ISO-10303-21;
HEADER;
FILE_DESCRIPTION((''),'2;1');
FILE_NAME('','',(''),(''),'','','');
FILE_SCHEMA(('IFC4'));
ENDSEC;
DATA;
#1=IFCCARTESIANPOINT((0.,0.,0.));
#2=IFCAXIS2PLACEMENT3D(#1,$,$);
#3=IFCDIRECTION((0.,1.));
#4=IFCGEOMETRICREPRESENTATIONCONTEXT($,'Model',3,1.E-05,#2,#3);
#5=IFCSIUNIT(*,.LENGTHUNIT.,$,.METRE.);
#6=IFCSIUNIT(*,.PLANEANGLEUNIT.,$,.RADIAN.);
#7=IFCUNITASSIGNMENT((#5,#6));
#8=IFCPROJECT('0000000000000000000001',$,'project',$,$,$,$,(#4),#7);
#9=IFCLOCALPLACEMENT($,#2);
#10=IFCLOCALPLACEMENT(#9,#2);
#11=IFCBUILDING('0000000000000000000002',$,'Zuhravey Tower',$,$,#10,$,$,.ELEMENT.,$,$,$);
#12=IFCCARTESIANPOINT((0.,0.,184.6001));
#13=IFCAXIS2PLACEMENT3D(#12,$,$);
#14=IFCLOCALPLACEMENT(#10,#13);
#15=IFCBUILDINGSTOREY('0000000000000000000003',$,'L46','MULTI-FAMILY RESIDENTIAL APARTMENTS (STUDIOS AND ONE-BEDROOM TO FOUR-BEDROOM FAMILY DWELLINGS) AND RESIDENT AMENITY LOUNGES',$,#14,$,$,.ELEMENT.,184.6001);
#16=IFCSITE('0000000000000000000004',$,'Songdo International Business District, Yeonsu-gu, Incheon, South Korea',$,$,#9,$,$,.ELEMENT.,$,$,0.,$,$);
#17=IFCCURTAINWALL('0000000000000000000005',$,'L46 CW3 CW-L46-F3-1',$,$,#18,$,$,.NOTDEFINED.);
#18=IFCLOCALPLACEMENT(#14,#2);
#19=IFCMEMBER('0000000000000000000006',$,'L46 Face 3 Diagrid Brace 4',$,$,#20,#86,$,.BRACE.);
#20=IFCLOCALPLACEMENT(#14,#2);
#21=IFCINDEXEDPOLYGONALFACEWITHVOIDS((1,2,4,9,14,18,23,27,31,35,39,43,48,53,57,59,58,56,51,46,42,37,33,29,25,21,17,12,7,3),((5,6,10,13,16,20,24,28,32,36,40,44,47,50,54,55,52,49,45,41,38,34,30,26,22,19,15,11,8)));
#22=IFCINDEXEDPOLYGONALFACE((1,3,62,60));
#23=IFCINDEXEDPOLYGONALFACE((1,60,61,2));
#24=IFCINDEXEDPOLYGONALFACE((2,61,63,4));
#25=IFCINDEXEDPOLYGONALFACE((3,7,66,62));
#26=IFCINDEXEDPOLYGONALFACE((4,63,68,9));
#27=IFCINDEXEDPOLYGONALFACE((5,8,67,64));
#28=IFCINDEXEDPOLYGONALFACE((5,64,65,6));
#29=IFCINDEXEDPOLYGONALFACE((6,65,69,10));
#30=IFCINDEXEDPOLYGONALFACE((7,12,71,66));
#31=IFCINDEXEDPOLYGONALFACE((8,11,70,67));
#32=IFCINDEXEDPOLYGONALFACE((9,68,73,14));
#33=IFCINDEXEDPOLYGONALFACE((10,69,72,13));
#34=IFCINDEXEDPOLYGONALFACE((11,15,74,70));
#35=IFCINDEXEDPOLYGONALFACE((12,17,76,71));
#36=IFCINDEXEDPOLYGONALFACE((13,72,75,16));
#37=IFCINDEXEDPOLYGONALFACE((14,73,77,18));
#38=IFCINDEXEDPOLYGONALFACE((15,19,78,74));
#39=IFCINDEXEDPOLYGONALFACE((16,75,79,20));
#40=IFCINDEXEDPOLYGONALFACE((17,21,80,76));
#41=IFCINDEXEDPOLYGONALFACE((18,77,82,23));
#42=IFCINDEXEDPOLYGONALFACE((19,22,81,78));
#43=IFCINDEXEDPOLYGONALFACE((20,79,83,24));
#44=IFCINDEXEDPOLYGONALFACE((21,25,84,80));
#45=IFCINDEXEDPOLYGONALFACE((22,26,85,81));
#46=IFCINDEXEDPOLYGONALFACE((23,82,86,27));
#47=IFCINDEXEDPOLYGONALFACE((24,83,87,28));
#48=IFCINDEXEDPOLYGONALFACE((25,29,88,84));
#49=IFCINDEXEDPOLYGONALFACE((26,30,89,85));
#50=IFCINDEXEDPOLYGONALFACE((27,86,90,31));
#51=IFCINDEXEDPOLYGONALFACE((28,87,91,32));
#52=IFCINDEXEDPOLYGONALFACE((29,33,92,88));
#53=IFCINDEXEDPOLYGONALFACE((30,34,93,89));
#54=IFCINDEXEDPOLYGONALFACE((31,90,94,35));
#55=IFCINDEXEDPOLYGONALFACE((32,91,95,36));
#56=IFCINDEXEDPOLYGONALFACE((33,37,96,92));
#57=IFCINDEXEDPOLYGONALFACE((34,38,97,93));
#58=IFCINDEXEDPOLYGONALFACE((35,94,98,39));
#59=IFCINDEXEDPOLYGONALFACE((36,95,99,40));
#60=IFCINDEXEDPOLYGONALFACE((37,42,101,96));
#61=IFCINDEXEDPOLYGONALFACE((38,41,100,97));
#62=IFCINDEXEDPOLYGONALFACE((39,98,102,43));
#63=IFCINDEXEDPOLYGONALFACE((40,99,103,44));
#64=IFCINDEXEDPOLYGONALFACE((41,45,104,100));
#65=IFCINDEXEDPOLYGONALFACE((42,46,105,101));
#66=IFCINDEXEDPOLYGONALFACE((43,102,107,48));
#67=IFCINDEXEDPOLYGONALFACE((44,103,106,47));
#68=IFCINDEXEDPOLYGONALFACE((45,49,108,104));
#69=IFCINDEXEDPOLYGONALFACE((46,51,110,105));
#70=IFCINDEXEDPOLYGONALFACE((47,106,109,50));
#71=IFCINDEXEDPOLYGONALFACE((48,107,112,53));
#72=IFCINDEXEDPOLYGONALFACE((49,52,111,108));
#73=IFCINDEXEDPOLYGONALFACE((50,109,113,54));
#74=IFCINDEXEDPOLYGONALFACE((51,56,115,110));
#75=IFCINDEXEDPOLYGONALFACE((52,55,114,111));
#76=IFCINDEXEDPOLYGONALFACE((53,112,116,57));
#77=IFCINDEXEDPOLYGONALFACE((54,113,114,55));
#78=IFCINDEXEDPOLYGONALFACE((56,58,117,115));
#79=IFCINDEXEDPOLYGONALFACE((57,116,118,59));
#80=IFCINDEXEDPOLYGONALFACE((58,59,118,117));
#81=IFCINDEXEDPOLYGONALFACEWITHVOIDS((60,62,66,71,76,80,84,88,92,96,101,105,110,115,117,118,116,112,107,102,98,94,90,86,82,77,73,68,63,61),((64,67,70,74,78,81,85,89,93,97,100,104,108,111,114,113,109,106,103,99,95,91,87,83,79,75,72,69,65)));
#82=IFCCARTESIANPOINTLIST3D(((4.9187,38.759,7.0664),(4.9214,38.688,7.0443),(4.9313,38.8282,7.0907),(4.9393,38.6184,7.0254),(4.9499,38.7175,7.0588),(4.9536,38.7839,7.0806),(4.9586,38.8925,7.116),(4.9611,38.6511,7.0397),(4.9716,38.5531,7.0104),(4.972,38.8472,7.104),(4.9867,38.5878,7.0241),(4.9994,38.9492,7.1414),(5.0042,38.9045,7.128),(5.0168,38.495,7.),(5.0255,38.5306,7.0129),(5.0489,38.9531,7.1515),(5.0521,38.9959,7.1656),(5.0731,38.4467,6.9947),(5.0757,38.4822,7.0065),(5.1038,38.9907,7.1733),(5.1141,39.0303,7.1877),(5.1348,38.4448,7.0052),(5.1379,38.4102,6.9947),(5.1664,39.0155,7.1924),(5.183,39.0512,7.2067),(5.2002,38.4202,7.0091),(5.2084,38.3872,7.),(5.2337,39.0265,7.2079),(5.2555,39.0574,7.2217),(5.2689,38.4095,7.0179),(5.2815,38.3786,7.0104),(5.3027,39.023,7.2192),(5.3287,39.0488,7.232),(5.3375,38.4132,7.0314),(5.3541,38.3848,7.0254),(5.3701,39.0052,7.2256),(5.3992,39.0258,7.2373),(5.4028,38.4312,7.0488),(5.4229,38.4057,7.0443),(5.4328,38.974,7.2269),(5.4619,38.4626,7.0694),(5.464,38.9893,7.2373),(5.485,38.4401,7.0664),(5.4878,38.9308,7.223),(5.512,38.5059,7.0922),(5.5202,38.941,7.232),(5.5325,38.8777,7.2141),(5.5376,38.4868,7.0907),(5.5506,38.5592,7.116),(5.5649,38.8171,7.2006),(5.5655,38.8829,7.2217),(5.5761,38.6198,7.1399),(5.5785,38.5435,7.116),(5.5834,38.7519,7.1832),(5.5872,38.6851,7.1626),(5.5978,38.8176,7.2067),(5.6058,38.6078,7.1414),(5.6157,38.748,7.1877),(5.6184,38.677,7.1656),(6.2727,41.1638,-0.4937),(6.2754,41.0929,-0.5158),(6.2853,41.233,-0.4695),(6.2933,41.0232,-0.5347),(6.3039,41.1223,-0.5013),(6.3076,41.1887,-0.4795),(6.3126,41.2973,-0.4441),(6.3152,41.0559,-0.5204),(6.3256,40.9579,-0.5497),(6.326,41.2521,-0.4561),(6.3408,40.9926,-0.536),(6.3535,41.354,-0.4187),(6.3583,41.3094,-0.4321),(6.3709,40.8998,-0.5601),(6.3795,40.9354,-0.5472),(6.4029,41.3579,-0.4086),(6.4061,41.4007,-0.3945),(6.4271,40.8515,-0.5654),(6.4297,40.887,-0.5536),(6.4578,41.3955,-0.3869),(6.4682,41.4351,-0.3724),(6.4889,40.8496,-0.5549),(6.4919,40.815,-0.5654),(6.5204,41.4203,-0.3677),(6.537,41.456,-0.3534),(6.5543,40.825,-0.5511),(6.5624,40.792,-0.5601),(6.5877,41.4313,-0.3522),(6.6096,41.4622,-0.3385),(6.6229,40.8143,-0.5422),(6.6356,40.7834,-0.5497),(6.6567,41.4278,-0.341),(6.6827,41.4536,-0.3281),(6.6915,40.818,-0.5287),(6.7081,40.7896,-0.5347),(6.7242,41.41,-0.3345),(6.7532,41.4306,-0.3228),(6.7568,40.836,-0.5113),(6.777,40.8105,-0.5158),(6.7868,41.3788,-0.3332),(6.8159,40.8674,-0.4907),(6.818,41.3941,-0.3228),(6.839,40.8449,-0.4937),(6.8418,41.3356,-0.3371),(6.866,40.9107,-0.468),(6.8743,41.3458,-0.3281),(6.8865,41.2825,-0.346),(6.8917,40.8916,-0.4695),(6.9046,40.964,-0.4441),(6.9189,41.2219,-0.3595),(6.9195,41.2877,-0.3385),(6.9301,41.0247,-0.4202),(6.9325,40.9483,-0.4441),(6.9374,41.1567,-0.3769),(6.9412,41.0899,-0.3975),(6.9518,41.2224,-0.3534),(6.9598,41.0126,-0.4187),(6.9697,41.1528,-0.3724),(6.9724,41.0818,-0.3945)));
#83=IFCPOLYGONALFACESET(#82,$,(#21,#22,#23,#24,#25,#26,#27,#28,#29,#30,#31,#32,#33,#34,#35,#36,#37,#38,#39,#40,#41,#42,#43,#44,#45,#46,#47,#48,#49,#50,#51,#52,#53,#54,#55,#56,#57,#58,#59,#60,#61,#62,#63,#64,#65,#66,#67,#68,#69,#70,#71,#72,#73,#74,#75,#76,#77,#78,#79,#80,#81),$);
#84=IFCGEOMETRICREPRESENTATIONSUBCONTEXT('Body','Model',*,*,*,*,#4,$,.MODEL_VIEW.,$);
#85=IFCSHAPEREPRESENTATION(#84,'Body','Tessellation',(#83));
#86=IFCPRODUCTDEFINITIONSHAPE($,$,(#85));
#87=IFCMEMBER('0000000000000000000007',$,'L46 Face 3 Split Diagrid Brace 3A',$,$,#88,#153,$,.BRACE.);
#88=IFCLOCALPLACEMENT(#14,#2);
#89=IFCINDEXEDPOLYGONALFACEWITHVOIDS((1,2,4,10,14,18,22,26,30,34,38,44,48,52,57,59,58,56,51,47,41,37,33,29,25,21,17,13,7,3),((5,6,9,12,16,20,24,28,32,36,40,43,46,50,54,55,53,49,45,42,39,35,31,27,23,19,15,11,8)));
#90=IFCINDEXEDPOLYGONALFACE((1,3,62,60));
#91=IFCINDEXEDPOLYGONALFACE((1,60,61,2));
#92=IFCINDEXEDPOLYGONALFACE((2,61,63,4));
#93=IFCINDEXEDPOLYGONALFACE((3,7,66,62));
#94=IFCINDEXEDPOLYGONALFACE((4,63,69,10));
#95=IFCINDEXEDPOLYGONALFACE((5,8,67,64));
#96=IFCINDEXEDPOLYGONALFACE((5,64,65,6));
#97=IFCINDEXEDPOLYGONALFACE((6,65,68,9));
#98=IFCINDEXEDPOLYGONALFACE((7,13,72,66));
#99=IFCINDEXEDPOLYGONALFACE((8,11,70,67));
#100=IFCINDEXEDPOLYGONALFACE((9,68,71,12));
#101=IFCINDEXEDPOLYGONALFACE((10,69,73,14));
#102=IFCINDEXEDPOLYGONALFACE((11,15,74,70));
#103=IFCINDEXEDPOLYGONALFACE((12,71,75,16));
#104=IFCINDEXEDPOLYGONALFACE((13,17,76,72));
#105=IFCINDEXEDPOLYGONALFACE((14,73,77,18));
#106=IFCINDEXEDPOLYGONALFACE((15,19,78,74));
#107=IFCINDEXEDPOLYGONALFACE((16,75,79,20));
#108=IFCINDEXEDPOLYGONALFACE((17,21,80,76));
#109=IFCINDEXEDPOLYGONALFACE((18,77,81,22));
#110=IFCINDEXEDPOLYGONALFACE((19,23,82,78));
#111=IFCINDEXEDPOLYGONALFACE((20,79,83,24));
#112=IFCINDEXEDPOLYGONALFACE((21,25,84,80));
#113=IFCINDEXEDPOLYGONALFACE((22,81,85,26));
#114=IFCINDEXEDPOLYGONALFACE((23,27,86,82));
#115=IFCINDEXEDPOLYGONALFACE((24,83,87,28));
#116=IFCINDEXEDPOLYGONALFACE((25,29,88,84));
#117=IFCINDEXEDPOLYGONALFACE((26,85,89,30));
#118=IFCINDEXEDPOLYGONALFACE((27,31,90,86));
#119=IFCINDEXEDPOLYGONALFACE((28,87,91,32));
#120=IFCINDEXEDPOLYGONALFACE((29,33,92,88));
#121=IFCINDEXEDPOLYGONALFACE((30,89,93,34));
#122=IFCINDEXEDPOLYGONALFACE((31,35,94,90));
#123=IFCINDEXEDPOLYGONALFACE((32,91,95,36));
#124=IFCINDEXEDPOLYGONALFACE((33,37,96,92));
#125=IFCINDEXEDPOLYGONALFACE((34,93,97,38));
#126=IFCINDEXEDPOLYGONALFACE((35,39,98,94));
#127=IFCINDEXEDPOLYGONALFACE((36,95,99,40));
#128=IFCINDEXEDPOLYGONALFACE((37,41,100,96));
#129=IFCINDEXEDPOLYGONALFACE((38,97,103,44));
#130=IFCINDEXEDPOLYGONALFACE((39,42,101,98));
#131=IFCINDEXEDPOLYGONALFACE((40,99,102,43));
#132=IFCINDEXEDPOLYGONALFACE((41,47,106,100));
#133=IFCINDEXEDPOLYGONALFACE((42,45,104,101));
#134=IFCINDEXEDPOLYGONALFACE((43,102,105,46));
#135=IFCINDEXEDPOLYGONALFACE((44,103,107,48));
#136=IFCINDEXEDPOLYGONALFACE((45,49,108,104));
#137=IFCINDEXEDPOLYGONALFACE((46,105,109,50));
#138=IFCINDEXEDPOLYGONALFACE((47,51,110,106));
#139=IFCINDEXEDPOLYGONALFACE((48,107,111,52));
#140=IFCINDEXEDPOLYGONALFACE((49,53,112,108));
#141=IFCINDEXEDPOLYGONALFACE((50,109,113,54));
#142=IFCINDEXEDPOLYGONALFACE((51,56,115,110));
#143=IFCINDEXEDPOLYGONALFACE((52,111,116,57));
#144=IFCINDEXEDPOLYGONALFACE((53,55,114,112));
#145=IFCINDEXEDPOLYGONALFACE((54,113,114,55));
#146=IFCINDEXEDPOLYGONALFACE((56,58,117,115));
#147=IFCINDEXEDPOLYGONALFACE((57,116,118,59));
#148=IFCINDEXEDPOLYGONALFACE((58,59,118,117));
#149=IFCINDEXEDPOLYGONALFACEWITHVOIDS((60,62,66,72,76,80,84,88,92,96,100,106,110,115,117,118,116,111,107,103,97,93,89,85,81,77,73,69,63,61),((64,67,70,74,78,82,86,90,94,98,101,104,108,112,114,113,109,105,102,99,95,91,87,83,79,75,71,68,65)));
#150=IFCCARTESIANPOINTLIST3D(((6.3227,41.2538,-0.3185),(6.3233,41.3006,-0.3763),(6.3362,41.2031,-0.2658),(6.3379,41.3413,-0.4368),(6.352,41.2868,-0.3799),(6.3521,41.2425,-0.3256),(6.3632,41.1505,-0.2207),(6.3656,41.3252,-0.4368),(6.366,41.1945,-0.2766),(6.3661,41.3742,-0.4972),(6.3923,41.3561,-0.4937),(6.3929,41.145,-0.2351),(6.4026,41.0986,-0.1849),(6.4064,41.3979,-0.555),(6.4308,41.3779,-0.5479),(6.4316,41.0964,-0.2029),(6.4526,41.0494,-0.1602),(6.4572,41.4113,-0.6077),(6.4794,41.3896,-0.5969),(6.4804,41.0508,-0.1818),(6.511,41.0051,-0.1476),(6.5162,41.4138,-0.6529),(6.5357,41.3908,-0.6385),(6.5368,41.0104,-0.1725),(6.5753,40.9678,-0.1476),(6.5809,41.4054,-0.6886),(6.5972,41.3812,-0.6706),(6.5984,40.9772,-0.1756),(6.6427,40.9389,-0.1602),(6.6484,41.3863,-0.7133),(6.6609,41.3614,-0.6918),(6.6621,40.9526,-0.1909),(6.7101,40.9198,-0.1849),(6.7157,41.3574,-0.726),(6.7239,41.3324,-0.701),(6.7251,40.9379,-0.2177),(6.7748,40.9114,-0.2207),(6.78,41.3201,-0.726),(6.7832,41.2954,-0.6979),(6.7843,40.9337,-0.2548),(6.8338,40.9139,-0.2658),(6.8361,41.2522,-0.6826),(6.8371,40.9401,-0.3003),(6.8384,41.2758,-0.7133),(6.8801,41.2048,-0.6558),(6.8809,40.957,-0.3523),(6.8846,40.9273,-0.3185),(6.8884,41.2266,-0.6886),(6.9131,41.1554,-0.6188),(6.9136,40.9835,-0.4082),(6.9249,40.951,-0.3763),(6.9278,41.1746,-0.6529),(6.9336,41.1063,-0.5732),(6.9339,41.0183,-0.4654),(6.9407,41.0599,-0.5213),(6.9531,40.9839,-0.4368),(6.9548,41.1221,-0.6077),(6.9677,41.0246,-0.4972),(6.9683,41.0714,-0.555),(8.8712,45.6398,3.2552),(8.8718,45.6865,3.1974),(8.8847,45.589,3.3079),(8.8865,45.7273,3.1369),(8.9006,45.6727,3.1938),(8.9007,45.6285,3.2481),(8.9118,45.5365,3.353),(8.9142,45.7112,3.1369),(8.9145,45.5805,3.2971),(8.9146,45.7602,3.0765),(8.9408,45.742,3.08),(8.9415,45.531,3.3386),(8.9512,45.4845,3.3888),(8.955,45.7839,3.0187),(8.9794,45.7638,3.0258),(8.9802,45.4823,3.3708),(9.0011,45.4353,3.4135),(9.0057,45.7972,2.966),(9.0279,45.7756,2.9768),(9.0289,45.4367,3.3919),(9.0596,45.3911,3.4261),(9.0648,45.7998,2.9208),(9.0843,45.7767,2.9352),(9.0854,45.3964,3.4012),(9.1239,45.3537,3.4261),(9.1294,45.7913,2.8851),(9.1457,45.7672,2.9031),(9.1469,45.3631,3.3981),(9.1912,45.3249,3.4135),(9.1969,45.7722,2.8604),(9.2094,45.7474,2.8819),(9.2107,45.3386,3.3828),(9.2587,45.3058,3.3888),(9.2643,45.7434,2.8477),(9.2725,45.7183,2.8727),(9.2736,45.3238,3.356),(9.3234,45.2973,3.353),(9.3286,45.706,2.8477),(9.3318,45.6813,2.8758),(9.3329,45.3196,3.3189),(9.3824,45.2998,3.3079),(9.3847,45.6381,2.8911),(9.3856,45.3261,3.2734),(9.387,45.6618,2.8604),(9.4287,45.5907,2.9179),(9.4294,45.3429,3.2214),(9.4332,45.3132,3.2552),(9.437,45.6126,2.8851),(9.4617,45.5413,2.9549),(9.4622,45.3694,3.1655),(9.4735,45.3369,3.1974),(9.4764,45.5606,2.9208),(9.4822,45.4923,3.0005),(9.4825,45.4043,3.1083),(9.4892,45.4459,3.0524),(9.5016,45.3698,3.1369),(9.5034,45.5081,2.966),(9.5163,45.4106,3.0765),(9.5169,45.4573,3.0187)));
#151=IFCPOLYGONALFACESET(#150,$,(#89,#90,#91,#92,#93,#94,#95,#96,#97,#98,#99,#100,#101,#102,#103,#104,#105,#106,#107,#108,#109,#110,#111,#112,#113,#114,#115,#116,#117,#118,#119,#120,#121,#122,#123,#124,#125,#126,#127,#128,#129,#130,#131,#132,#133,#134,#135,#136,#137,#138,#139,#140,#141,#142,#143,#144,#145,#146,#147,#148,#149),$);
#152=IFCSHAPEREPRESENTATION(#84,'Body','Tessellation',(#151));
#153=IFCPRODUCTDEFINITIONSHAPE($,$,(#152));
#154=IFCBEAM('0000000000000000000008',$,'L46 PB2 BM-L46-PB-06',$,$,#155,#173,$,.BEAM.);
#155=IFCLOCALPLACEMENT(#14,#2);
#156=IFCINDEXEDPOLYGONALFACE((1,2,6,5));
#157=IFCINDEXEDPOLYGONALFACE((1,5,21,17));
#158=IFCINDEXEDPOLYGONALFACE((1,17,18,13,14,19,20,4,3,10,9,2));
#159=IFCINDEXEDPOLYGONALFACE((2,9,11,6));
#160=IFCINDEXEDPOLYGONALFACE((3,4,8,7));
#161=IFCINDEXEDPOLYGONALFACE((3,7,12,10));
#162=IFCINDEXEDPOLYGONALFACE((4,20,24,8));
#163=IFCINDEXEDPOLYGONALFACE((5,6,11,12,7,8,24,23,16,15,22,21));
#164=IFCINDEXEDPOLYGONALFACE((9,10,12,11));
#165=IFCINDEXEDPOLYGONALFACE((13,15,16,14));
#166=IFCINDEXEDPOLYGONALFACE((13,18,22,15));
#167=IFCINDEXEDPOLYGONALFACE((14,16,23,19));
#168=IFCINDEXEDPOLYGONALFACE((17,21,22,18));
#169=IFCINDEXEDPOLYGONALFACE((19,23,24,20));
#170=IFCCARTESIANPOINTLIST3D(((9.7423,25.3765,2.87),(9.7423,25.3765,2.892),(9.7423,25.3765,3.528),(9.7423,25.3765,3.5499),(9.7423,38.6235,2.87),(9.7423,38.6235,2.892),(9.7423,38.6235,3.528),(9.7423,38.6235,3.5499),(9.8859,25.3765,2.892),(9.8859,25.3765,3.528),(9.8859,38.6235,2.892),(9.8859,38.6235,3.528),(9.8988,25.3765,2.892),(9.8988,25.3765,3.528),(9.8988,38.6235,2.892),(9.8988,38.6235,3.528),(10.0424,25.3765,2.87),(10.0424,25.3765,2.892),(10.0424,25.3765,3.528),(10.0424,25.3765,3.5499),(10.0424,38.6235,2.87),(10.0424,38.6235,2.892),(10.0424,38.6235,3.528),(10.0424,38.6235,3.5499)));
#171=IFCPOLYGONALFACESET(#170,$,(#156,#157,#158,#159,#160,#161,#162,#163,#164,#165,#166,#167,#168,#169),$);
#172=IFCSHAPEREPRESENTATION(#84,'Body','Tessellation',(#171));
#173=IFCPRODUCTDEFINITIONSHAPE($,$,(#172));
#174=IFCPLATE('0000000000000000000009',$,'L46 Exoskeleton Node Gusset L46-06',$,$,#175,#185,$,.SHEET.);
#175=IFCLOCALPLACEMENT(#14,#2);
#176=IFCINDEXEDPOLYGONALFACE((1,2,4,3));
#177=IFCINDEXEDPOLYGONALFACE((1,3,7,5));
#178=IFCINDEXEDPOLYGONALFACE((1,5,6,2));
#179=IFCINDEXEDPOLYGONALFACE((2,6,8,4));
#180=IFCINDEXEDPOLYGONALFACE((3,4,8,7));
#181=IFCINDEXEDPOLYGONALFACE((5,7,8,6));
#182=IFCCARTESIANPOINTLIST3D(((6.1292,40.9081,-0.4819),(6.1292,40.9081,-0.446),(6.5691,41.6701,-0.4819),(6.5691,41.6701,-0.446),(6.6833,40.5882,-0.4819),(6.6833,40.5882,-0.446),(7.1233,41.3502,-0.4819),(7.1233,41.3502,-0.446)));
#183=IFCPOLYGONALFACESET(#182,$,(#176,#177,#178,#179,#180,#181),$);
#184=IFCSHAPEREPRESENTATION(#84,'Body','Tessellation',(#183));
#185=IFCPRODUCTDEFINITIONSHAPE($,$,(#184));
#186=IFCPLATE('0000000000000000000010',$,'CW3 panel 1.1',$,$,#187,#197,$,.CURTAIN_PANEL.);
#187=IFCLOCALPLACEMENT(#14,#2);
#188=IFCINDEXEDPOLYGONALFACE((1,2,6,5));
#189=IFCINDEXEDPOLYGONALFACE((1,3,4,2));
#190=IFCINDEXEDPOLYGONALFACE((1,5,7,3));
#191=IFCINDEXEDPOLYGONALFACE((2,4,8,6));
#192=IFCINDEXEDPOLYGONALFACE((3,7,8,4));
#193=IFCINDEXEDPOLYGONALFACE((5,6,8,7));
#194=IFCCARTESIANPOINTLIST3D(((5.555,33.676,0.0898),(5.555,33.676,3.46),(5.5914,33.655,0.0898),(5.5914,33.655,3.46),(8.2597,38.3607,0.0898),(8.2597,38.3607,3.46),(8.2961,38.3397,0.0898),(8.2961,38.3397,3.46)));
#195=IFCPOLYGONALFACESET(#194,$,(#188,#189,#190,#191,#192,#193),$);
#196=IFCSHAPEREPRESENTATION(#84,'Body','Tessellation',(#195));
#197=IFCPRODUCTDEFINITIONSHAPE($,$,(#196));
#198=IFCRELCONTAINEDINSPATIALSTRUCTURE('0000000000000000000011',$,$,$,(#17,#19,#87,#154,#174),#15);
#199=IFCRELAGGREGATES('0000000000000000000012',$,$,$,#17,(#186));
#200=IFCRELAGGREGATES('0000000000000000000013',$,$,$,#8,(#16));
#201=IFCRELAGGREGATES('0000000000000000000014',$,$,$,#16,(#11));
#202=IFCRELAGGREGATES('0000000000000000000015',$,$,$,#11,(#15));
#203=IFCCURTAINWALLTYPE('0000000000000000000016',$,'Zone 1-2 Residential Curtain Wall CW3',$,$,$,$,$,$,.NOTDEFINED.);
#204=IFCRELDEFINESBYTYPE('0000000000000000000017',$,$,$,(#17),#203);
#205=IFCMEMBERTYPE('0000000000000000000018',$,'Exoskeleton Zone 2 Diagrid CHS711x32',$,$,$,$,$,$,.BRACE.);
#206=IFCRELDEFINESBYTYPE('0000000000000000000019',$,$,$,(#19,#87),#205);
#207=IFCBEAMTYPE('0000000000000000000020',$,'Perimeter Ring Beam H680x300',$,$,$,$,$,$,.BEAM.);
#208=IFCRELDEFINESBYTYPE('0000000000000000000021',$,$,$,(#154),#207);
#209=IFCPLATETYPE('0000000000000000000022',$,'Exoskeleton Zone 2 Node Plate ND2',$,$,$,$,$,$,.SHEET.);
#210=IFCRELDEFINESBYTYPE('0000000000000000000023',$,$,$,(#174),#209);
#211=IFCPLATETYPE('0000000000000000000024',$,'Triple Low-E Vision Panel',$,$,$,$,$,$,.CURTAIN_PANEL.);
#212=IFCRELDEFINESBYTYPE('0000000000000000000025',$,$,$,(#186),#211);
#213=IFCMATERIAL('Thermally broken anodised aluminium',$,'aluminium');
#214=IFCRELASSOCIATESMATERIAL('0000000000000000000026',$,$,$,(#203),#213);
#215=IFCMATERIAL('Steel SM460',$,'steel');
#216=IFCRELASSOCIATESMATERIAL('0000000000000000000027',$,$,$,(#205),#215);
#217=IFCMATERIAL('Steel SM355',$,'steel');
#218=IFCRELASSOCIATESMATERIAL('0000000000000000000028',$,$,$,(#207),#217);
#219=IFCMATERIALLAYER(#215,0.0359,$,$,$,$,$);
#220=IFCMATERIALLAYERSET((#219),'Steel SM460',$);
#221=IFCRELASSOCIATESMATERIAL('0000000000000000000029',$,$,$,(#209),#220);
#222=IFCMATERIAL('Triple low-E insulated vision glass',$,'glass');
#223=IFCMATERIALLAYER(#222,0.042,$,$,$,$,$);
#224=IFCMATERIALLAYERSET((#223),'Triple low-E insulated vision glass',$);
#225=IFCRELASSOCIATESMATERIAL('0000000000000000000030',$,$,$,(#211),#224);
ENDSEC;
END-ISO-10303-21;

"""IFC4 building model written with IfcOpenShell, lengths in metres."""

from ifc_helpers import new_model, si_unit, direction, frame, origin, origin_2d, place, context, subcontext, project, spatial, rectangle, hollow_circle, i_section, extrude, material, layer, layer_set, material_profile, profile_set, type_object, element, aggregate, save


model = new_model("IFC4")

# Units and contexts
model_context = context("Model", 3, precision=1e-05, world=origin(), true_north=direction((0.0, 1.0)))
body_context = subcontext(model_context, "Body", "Model", "MODEL_VIEW")
ifc_project = project(units=[si_unit("LENGTHUNIT", "METRE"), si_unit("PLANEANGLEUNIT", "RADIAN")], contexts=[model_context])

# Site, building, storey
site_placement = place(None, origin())
site = spatial("IfcSite", under=ifc_project, at=site_placement, Name="Songdo International Business District, Yeonsu-gu, Incheon, South Korea", CompositionType="ELEMENT", RefElevation=0.0)
building_placement = place(site_placement, origin())
building = spatial("IfcBuilding", under=site, at=building_placement, Name="Zuhravey Tower", CompositionType="ELEMENT")
storey_placement = place(building_placement, frame((0.0, 0.0, 184.6001)))
storey = spatial("IfcBuildingStorey", under=building, at=storey_placement, Name="L46", Description="MULTI-FAMILY RESIDENTIAL APARTMENTS (STUDIOS AND ONE-BEDROOM TO FOUR-BEDROOM FAMILY DWELLINGS) AND RESIDENT AMENITY LOUNGES", CompositionType="ELEMENT", Elevation=184.6001)

# Curtain wall
ifc_material_1 = material(Name="Thermally broken anodised aluminium", Category="aluminium")
curtain_wall_type = type_object("IfcCurtainWallType", Name="Zone 1-2 Residential Curtain Wall CW3", PredefinedType="NOTDEFINED", material=ifc_material_1)
curtain_wall_placement = place(storey_placement, origin())
curtain_wall = element("IfcCurtainWall", 1, at=curtain_wall_placement, inside=storey, type_object=curtain_wall_type, Name="L46 CW3 CW-L46-F3-1", PredefinedType="NOTDEFINED")

# Members
ifc_material_2 = material(Name="Steel SM460", Category="steel")
ifc_material_profile_1 = material_profile(ifc_material_2, hollow_circle(Radius=0.3557, WallThickness=0.032, at=origin_2d()), Name="CHS-711.2x32")
ifc_profile_set_1 = profile_set([ifc_material_profile_1], Name="Steel SM460")
member_type_1 = type_object("IfcMemberType", Name="Exoskeleton Zone 2 Diagrid CHS711x32", PredefinedType="BRACE", material=ifc_profile_set_1)
member_1_placement = place(storey_placement, frame((6.6226, 41.1228, -0.4441), z_axis=(-0.16824, -0.298804, 0.939367), x_axis=(0.871372, -0.490622, 0.0)))
element("IfcMember", 2, at=member_1_placement, inside=storey, type_object=member_type_1, Name="L46 Face 3 Diagrid Brace 4", PredefinedType="BRACE", context=body_context, shape_type="SweptSolid", body=[
    extrude(hollow_circle(Radius=0.3557, WallThickness=0.032, at=origin_2d()), origin(), (0.0, 0.0, 1.0), 8.0481),
])
member_2_placement = place(storey_placement, frame((6.6455, 41.1626, -0.4368), z_axis=(0.410722, 0.706832, 0.575931), x_axis=(-0.864628, 0.502413, 0.0)))
element("IfcMember", 3, at=member_2_placement, inside=storey, type_object=member_type_1, Name="L46 Face 3 Split Diagrid Brace 3A", PredefinedType="BRACE", context=body_context, shape_type="SweptSolid", body=[
    extrude(hollow_circle(Radius=0.3557, WallThickness=0.032, at=origin_2d()), origin(), (0.0, 0.0, 1.0), 6.2051),
])

# Beam
ifc_material_3 = material(Name="Steel SM355", Category="steel")
ifc_material_profile_2 = material_profile(ifc_material_3, i_section(OverallWidth=0.3, OverallDepth=0.6799, WebThickness=0.0129, FlangeThickness=0.022, at=origin_2d()), Name="H-680x300x13x22")
ifc_profile_set_2 = profile_set([ifc_material_profile_2], Name="Steel SM355")
beam_type = type_object("IfcBeamType", Name="Perimeter Ring Beam H680x300", PredefinedType="BEAM", material=ifc_profile_set_2)
beam_placement = place(storey_placement, frame((9.8923, 38.6235, 3.21), z_axis=(0.0, -1.0, 0.0), x_axis=(1.0, 0.0, 0.0)))
element("IfcBeam", 4, at=beam_placement, inside=storey, type_object=beam_type, Name="L46 PB2 BM-L46-PB-06", PredefinedType="BEAM", context=body_context, shape_type="SweptSolid", body=[
    extrude(i_section(OverallWidth=0.3, OverallDepth=0.6799, WebThickness=0.0129, FlangeThickness=0.022, at=origin_2d()), origin(), (0.0, 0.0, 1.0), 13.2471),
])

# Plates
ifc_layer_1 = layer(ifc_material_2, 0.0359)
ifc_layer_set_1 = layer_set([ifc_layer_1], Name="Steel SM460")
plate_type_1 = type_object("IfcPlateType", Name="Exoskeleton Zone 2 Node Plate ND2", PredefinedType="SHEET", material=ifc_layer_set_1)
plate_1_placement = place(storey_placement, frame((6.6262, 41.1292, -0.4819), z_axis=(0.0, 0.0, 1.0), x_axis=(-0.5, -0.866025, 0.0)))
element("IfcPlate", 5, at=plate_1_placement, inside=storey, type_object=plate_type_1, Name="L46 Exoskeleton Node Gusset L46-06", PredefinedType="SHEET", context=body_context, shape_type="SweptSolid", body=[
    extrude(rectangle(XDim=0.8799, YDim=0.6399, at=origin_2d()), origin(), (0.0, 0.0, 1.0), 0.0359),
])
ifc_material_4 = material(Name="Triple low-E insulated vision glass", Category="glass")
ifc_layer_2 = layer(ifc_material_4, 0.042)
ifc_layer_set_2 = layer_set([ifc_layer_2], Name="Triple low-E insulated vision glass")
plate_type_2 = type_object("IfcPlateType", Name="Triple Low-E Vision Panel", PredefinedType="CURTAIN_PANEL", material=ifc_layer_set_2)
plate_2_placement = place(storey_placement, frame((6.9255, 36.0078, 0.0898), z_axis=(0.0, 0.0, 1.0), x_axis=(0.5, 0.866025, 0.0)))
plate_2 = element("IfcPlate", 6, at=plate_2_placement, type_object=plate_type_2, Name="CW3 panel 1.1", PredefinedType="CURTAIN_PANEL", context=body_context, shape_type="SweptSolid", body=[
    extrude(rectangle(XDim=5.4094, YDim=0.042, at=origin_2d()), origin(), (0.0, 0.0, 1.0), 3.3701),
])
aggregate(curtain_wall, [plate_2])

save(model, "model.ifc")
